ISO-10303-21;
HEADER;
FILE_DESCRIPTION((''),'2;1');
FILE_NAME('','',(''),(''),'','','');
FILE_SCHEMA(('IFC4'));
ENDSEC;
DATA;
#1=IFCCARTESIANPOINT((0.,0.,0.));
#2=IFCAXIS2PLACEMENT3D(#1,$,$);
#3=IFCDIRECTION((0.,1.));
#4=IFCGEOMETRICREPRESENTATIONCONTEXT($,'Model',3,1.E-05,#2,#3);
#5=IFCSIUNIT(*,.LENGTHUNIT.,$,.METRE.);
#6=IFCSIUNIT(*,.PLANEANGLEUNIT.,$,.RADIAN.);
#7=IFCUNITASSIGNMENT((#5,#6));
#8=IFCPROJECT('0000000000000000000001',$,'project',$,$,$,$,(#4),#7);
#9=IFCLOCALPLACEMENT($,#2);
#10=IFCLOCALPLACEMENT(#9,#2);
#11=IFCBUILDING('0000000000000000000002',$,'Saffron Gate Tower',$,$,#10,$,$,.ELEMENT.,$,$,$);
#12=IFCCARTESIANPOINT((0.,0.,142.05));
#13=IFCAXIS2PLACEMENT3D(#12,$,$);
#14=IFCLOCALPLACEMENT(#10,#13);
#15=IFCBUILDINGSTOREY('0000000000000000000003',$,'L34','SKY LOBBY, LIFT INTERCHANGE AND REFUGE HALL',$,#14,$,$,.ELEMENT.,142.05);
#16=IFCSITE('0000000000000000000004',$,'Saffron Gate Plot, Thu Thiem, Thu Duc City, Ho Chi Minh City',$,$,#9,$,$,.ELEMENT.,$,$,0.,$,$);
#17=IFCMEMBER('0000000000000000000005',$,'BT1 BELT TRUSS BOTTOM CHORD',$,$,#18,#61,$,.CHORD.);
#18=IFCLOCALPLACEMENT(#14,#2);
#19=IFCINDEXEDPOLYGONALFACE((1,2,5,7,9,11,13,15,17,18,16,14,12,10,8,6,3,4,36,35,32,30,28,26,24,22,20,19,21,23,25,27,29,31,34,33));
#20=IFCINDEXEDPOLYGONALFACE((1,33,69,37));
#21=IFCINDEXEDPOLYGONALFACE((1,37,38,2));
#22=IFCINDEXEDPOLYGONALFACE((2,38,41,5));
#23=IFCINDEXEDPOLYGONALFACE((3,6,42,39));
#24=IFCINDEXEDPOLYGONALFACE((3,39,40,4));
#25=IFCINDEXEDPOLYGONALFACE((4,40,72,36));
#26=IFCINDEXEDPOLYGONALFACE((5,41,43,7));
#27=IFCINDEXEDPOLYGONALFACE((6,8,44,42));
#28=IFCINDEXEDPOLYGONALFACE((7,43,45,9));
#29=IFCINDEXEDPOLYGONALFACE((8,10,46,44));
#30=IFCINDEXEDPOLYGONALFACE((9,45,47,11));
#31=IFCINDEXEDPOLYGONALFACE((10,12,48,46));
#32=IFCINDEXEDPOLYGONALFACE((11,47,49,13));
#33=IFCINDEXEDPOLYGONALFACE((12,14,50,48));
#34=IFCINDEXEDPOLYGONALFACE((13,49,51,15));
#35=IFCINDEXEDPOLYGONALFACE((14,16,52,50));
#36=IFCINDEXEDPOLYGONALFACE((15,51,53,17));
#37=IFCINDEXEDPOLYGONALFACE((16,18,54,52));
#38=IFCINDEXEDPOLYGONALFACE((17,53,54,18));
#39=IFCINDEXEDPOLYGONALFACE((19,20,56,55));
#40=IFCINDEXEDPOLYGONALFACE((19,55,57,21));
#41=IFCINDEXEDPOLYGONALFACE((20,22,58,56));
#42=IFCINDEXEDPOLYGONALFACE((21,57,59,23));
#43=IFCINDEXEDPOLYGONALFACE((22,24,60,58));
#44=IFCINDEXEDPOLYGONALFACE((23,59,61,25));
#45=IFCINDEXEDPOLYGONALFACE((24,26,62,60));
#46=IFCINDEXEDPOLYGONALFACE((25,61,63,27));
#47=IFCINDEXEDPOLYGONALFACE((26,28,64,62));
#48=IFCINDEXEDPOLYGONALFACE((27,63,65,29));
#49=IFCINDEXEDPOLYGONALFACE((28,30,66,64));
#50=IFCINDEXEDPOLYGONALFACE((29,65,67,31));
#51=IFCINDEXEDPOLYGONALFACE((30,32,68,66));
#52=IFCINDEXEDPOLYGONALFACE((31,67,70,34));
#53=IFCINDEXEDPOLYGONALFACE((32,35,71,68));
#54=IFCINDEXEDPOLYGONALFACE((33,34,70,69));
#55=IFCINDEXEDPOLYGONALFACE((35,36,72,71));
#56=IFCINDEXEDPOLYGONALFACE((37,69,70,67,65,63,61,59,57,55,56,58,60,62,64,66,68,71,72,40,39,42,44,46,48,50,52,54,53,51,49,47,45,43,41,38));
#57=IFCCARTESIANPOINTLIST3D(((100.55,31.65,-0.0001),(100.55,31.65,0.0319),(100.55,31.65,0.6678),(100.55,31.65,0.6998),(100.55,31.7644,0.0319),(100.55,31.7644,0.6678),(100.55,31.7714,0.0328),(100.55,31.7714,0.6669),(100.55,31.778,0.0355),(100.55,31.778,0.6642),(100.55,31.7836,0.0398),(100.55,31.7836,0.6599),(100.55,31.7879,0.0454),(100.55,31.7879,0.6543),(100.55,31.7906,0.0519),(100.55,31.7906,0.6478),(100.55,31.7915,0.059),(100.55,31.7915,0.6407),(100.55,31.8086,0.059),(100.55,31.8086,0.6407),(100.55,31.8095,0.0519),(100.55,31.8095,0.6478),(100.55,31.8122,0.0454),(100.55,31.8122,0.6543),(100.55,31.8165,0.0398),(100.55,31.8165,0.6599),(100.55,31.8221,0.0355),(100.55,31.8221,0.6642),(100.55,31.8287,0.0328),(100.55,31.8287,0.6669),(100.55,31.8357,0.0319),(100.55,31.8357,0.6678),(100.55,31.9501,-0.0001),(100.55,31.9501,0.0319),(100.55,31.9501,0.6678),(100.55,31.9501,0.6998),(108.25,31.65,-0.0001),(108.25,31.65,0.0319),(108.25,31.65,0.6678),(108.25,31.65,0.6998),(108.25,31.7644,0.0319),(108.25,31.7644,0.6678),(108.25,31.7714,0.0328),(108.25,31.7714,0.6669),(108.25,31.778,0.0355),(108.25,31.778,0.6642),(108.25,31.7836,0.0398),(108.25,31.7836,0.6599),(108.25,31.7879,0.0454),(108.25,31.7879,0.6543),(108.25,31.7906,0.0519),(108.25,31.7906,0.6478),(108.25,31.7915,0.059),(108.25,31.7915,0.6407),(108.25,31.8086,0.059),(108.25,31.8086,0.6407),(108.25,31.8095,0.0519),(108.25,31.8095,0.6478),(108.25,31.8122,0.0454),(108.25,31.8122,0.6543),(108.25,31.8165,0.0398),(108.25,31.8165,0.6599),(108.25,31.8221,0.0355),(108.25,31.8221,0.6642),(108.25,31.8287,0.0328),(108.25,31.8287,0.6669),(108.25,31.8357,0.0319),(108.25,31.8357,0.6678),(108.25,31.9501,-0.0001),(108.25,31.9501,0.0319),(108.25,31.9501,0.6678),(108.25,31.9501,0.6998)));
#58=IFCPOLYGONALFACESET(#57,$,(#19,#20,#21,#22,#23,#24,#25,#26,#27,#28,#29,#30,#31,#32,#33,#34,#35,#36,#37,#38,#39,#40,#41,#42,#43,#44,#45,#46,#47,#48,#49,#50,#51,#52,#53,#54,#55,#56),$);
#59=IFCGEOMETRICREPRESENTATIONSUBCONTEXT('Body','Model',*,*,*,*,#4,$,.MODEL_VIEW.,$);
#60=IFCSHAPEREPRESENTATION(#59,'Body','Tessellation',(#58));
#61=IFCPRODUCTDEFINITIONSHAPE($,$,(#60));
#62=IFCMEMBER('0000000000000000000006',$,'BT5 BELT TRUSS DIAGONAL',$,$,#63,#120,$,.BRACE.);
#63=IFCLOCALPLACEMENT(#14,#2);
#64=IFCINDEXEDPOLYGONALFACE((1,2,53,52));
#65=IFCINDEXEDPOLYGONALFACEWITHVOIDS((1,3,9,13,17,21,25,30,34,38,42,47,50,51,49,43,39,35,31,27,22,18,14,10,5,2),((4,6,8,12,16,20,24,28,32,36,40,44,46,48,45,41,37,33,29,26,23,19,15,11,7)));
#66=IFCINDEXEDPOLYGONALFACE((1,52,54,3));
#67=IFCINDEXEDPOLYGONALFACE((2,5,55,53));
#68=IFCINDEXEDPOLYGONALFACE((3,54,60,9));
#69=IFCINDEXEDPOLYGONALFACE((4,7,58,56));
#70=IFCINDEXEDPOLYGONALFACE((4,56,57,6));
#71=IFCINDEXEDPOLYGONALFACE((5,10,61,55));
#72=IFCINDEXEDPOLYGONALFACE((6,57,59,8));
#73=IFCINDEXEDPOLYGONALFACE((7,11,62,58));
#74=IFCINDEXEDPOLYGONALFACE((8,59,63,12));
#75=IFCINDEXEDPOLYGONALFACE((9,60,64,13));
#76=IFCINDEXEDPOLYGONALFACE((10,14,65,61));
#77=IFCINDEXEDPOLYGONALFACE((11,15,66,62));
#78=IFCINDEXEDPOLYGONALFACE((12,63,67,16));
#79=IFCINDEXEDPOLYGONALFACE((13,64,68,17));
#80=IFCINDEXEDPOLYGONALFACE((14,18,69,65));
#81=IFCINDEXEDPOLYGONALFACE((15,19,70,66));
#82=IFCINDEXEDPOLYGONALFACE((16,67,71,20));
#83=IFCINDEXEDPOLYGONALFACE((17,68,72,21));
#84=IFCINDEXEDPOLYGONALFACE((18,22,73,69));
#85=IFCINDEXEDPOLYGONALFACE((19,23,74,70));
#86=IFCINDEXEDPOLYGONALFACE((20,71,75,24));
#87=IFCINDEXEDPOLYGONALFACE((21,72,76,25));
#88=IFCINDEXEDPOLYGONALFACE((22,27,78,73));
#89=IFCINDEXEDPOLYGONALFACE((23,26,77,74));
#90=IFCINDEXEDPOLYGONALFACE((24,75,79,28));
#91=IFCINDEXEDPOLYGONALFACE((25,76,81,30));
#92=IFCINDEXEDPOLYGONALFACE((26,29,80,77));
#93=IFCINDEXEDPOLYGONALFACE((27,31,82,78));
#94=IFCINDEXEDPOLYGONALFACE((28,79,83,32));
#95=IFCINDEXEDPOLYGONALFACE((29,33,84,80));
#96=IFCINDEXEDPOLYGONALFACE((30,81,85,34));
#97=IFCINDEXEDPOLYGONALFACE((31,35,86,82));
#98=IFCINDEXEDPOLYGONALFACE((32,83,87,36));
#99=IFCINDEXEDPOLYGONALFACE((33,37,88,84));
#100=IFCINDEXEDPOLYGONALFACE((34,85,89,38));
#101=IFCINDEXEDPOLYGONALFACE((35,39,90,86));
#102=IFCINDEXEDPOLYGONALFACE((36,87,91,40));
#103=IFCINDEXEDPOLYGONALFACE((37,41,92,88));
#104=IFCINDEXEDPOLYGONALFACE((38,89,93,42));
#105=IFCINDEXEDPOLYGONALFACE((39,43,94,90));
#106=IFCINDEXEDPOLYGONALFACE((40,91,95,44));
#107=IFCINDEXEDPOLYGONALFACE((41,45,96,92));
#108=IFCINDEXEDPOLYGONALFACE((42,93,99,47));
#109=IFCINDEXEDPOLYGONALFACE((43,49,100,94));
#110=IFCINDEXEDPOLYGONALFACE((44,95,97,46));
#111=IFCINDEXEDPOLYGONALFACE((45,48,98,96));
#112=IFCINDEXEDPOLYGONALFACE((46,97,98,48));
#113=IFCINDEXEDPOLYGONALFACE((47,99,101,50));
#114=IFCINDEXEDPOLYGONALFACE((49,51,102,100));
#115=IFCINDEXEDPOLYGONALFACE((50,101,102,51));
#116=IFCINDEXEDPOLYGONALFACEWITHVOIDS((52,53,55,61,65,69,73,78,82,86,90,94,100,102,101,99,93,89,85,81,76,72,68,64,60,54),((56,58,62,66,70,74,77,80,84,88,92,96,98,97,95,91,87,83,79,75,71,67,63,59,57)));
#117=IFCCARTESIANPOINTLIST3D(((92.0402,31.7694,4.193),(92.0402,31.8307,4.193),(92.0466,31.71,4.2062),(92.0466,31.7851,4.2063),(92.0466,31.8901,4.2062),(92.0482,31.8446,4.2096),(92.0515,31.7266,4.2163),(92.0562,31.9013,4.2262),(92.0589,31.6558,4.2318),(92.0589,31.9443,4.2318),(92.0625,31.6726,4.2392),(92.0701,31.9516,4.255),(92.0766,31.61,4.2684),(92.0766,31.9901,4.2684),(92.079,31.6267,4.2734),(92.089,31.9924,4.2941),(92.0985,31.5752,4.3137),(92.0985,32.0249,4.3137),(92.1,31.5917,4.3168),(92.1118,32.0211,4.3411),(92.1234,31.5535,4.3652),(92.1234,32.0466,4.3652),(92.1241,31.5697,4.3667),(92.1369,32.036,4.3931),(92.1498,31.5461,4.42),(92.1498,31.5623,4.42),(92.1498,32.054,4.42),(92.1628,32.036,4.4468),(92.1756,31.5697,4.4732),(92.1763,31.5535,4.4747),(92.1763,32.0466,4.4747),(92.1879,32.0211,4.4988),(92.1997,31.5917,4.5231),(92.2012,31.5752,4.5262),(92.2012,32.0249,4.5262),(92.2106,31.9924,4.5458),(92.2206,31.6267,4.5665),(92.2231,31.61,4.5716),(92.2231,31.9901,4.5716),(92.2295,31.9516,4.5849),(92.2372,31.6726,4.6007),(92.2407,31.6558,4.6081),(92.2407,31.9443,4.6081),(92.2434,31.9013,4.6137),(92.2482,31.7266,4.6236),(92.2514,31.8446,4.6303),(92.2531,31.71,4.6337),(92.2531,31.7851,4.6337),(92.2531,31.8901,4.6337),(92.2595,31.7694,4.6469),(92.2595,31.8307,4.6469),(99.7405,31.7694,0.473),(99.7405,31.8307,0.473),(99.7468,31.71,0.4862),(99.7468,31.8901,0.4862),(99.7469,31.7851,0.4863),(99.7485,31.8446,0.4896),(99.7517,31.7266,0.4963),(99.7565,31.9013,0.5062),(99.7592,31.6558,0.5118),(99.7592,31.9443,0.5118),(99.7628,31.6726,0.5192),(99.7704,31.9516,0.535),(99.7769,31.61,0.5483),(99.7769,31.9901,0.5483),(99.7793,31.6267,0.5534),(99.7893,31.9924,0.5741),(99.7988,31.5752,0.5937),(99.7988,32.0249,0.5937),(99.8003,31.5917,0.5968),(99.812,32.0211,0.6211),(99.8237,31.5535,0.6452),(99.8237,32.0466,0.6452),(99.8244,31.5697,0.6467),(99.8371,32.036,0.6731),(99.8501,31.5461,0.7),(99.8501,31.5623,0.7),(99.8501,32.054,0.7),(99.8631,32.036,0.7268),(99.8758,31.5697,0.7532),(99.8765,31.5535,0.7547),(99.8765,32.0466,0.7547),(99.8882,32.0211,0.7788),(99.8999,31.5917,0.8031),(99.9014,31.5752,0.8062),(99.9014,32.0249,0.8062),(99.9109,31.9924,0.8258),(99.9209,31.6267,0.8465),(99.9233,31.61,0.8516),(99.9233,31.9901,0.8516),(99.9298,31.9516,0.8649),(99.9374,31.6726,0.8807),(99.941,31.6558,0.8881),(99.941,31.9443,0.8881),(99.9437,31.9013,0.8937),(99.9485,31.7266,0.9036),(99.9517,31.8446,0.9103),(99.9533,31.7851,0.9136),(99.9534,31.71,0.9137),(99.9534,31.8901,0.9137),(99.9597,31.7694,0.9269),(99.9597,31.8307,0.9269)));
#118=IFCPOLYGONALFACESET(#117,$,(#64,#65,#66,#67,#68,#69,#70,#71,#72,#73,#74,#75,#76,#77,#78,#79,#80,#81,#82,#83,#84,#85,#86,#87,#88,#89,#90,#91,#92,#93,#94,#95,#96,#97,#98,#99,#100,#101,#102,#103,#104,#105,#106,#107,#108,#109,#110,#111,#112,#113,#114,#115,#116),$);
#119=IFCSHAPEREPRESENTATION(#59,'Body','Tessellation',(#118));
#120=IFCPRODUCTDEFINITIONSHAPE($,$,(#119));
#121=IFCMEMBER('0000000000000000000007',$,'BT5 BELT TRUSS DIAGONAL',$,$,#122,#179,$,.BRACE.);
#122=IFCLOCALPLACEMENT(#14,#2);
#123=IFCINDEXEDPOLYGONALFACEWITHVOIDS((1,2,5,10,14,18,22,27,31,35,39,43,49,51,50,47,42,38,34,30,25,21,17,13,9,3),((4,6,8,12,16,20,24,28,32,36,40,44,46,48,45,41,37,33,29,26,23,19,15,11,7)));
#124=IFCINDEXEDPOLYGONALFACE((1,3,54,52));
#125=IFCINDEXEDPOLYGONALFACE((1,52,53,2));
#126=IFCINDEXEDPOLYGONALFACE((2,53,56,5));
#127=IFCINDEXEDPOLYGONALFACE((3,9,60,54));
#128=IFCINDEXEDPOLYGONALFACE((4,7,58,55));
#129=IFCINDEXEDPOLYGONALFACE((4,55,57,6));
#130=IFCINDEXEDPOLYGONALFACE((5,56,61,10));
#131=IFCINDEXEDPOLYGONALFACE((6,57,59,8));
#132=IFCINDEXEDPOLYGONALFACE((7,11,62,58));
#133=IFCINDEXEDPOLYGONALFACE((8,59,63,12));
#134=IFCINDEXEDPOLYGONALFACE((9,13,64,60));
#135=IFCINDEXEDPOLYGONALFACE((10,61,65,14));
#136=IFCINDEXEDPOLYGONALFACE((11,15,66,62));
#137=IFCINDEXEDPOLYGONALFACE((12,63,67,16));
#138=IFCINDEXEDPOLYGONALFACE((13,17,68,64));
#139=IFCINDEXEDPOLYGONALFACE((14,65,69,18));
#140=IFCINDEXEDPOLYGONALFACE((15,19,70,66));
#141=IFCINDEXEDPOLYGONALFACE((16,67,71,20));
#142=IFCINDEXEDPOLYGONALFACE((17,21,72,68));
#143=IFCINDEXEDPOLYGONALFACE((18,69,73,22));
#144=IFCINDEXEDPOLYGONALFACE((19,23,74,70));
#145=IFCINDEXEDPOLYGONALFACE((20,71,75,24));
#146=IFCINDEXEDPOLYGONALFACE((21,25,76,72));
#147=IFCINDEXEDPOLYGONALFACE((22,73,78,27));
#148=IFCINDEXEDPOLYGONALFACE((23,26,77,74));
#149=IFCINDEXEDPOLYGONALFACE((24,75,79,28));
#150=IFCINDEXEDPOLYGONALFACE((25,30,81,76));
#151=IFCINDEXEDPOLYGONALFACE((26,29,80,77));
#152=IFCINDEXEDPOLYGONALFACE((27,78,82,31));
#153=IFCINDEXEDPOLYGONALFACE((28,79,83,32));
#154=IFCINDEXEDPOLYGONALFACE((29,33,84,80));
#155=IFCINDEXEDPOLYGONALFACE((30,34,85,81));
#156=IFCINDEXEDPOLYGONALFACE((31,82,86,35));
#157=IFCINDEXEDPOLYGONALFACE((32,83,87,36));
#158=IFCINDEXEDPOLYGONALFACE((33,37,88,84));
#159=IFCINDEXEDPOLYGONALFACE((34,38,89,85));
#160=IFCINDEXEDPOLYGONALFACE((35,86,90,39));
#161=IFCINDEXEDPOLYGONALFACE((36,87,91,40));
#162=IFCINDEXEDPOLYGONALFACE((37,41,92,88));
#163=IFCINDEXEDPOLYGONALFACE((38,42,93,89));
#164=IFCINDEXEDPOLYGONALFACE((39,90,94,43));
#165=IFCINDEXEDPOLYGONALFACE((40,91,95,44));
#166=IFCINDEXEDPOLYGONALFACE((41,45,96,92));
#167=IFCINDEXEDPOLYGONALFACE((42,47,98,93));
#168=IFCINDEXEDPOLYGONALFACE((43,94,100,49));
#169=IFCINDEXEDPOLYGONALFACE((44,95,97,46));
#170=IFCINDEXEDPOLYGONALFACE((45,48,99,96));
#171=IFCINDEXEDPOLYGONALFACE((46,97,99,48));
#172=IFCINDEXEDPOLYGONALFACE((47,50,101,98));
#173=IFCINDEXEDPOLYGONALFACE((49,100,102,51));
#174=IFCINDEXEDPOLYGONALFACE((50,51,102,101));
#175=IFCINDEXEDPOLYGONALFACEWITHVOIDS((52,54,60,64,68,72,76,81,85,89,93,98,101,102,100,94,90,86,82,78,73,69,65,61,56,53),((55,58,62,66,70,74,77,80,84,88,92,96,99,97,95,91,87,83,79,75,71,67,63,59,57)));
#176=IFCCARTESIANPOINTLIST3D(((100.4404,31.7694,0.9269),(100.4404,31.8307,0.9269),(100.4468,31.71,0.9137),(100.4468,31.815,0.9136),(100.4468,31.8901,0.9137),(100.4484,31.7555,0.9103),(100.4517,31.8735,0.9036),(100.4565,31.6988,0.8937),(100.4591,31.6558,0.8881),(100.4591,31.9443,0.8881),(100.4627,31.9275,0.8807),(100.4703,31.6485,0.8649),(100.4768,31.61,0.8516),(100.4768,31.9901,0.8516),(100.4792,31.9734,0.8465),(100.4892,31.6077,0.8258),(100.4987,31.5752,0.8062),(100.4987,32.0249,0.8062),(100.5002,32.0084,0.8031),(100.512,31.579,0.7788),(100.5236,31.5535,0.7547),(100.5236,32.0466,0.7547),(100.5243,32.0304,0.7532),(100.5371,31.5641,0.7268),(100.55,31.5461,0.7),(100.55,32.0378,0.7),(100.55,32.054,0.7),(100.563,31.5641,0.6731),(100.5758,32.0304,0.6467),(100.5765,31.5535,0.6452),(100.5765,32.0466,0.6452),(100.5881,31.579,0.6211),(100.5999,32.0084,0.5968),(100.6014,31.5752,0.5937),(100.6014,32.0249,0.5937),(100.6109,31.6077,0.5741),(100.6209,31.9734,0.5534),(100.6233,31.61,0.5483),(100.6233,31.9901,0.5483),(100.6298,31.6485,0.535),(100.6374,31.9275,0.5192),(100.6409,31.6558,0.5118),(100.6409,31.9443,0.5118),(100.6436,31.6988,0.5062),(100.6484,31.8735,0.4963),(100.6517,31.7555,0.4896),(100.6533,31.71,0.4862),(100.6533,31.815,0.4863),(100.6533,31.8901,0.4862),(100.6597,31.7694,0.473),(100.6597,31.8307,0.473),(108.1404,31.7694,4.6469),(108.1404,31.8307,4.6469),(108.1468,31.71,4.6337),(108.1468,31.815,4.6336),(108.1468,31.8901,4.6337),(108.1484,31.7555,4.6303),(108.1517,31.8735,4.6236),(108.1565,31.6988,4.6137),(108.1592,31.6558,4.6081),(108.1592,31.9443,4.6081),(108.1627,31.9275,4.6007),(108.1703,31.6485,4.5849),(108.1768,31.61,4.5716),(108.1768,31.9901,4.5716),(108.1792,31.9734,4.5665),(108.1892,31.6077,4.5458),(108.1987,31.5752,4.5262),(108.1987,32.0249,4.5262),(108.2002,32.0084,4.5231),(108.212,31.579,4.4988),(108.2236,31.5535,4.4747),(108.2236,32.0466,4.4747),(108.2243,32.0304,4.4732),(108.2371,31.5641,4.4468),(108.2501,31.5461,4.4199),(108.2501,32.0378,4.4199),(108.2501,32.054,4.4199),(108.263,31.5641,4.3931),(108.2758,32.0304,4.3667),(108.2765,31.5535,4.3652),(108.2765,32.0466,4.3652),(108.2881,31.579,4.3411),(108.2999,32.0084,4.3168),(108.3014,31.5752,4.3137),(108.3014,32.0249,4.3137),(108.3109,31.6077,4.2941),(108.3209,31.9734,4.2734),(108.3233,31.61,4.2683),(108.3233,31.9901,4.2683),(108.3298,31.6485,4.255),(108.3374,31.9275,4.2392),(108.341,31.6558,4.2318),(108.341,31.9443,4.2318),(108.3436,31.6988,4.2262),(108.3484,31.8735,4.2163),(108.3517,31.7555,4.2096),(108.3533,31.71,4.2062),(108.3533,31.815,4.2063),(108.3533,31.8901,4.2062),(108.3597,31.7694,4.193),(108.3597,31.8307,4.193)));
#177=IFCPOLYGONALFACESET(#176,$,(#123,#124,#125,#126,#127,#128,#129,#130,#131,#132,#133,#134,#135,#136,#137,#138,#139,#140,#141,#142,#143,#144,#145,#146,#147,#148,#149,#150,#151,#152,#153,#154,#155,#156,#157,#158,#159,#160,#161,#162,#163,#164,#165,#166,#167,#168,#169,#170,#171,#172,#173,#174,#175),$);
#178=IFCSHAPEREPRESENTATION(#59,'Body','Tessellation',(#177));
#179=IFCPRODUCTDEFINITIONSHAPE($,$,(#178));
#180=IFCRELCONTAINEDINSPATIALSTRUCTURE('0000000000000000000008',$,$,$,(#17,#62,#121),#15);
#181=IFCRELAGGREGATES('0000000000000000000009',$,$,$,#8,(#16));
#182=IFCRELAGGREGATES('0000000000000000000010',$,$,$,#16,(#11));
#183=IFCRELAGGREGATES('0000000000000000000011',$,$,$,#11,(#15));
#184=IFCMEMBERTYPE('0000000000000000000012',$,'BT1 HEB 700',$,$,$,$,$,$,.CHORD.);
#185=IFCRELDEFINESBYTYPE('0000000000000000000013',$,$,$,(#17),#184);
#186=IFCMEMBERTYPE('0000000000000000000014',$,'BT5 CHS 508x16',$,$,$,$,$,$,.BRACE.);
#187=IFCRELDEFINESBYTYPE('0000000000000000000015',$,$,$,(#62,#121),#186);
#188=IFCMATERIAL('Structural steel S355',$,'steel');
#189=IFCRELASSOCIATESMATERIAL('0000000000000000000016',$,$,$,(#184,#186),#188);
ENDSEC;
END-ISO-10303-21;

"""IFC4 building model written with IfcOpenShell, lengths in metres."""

from ifc_helpers import new_model, si_unit, direction, frame, origin, origin_2d, place, context, subcontext, project, spatial, hollow_circle, i_section, extrude, material, material_profile, profile_set, type_object, element, save


model = new_model("IFC4")

# Units and contexts
model_context = context("Model", 3, precision=1e-05, world=origin(), true_north=direction((0.0, 1.0)))
body_context = subcontext(model_context, "Body", "Model", "MODEL_VIEW")
ifc_project = project(units=[si_unit("LENGTHUNIT", "METRE"), si_unit("PLANEANGLEUNIT", "RADIAN")], contexts=[model_context])

# Site, building, storey
site_placement = place(None, origin())
site = spatial("IfcSite", under=ifc_project, at=site_placement, Name="Saffron Gate Plot, Thu Thiem, Thu Duc City, Ho Chi Minh City", CompositionType="ELEMENT", RefElevation=0.0)
building_placement = place(site_placement, origin())
building = spatial("IfcBuilding", under=site, at=building_placement, Name="Saffron Gate Tower", CompositionType="ELEMENT")
storey_placement = place(building_placement, frame((0.0, 0.0, 142.05)))
storey = spatial("IfcBuildingStorey", under=building, at=storey_placement, Name="L34", Description="SKY LOBBY, LIFT INTERCHANGE AND REFUGE HALL", CompositionType="ELEMENT", Elevation=142.05)

# Shared definitions
ifc_material_1 = material(Name="Structural steel S355", Category="steel")

# Members
ifc_material_profile_1 = material_profile(ifc_material_1, i_section(OverallWidth=0.3, OverallDepth=0.7, WebThickness=0.0171, FlangeThickness=0.032, FilletRadius=0.0271, at=origin_2d()))
ifc_profile_set_1 = profile_set([ifc_material_profile_1], Name="Structural steel S355")
member_type_1 = type_object("IfcMemberType", Name="BT1 HEB 700", PredefinedType="CHORD", material=ifc_profile_set_1)
for number, where, z_axis, x_axis, name in (
    (1, (100.55, 31.8, 0.3499), (1.0, 0.0, 0.0), (0.0, 1.0, 0.0), "BT1 BELT TRUSS BOTTOM CHORD"),
):
    element("IfcMember", number, at=place(storey_placement, frame(where, z_axis=z_axis, x_axis=x_axis)), inside=storey, type_object=member_type_1, Name=name, PredefinedType="CHORD", context=body_context, shape_type="SweptSolid", body=[
        extrude(i_section(OverallWidth=0.3, OverallDepth=0.7, WebThickness=0.0171, FlangeThickness=0.032, FilletRadius=0.0271, at=origin_2d()), origin(), (0.0, 0.0, 1.0), 7.7),
    ])
ifc_material_profile_2 = material_profile(ifc_material_1, hollow_circle(Radius=0.2539, WallThickness=0.0161, at=origin_2d()))
ifc_profile_set_2 = profile_set([ifc_material_profile_2], Name="Structural steel S355")
member_type_2 = type_object("IfcMemberType", Name="BT5 CHS 508x16", PredefinedType="BRACE", material=ifc_profile_set_2)
member_1_placement = place(storey_placement, frame((99.8501, 31.8, 0.7), z_axis=(-0.900431, 0.0, 0.434999), x_axis=(0.0, -1.0, 0.0)))
element("IfcMember", 2, at=member_1_placement, inside=storey, type_object=member_type_2, Name="BT5 BELT TRUSS DIAGONAL", PredefinedType="BRACE", context=body_context, shape_type="SweptSolid", body=[
    extrude(hollow_circle(Radius=0.2539, WallThickness=0.0161, at=origin_2d()), origin(), (0.0, 0.0, 1.0), 8.5518),
])
member_2_placement = place(storey_placement, frame((100.55, 31.8, 0.7), z_axis=(0.900426, 0.0, 0.43501), x_axis=(0.0, 1.0, 0.0)))
element("IfcMember", 3, at=member_2_placement, inside=storey, type_object=member_type_2, Name="BT5 BELT TRUSS DIAGONAL", PredefinedType="BRACE", context=body_context, shape_type="SweptSolid", body=[
    extrude(hollow_circle(Radius=0.2539, WallThickness=0.0161, at=origin_2d()), origin(), (0.0, 0.0, 1.0), 8.5515),
])

save(model, "model.ifc")
